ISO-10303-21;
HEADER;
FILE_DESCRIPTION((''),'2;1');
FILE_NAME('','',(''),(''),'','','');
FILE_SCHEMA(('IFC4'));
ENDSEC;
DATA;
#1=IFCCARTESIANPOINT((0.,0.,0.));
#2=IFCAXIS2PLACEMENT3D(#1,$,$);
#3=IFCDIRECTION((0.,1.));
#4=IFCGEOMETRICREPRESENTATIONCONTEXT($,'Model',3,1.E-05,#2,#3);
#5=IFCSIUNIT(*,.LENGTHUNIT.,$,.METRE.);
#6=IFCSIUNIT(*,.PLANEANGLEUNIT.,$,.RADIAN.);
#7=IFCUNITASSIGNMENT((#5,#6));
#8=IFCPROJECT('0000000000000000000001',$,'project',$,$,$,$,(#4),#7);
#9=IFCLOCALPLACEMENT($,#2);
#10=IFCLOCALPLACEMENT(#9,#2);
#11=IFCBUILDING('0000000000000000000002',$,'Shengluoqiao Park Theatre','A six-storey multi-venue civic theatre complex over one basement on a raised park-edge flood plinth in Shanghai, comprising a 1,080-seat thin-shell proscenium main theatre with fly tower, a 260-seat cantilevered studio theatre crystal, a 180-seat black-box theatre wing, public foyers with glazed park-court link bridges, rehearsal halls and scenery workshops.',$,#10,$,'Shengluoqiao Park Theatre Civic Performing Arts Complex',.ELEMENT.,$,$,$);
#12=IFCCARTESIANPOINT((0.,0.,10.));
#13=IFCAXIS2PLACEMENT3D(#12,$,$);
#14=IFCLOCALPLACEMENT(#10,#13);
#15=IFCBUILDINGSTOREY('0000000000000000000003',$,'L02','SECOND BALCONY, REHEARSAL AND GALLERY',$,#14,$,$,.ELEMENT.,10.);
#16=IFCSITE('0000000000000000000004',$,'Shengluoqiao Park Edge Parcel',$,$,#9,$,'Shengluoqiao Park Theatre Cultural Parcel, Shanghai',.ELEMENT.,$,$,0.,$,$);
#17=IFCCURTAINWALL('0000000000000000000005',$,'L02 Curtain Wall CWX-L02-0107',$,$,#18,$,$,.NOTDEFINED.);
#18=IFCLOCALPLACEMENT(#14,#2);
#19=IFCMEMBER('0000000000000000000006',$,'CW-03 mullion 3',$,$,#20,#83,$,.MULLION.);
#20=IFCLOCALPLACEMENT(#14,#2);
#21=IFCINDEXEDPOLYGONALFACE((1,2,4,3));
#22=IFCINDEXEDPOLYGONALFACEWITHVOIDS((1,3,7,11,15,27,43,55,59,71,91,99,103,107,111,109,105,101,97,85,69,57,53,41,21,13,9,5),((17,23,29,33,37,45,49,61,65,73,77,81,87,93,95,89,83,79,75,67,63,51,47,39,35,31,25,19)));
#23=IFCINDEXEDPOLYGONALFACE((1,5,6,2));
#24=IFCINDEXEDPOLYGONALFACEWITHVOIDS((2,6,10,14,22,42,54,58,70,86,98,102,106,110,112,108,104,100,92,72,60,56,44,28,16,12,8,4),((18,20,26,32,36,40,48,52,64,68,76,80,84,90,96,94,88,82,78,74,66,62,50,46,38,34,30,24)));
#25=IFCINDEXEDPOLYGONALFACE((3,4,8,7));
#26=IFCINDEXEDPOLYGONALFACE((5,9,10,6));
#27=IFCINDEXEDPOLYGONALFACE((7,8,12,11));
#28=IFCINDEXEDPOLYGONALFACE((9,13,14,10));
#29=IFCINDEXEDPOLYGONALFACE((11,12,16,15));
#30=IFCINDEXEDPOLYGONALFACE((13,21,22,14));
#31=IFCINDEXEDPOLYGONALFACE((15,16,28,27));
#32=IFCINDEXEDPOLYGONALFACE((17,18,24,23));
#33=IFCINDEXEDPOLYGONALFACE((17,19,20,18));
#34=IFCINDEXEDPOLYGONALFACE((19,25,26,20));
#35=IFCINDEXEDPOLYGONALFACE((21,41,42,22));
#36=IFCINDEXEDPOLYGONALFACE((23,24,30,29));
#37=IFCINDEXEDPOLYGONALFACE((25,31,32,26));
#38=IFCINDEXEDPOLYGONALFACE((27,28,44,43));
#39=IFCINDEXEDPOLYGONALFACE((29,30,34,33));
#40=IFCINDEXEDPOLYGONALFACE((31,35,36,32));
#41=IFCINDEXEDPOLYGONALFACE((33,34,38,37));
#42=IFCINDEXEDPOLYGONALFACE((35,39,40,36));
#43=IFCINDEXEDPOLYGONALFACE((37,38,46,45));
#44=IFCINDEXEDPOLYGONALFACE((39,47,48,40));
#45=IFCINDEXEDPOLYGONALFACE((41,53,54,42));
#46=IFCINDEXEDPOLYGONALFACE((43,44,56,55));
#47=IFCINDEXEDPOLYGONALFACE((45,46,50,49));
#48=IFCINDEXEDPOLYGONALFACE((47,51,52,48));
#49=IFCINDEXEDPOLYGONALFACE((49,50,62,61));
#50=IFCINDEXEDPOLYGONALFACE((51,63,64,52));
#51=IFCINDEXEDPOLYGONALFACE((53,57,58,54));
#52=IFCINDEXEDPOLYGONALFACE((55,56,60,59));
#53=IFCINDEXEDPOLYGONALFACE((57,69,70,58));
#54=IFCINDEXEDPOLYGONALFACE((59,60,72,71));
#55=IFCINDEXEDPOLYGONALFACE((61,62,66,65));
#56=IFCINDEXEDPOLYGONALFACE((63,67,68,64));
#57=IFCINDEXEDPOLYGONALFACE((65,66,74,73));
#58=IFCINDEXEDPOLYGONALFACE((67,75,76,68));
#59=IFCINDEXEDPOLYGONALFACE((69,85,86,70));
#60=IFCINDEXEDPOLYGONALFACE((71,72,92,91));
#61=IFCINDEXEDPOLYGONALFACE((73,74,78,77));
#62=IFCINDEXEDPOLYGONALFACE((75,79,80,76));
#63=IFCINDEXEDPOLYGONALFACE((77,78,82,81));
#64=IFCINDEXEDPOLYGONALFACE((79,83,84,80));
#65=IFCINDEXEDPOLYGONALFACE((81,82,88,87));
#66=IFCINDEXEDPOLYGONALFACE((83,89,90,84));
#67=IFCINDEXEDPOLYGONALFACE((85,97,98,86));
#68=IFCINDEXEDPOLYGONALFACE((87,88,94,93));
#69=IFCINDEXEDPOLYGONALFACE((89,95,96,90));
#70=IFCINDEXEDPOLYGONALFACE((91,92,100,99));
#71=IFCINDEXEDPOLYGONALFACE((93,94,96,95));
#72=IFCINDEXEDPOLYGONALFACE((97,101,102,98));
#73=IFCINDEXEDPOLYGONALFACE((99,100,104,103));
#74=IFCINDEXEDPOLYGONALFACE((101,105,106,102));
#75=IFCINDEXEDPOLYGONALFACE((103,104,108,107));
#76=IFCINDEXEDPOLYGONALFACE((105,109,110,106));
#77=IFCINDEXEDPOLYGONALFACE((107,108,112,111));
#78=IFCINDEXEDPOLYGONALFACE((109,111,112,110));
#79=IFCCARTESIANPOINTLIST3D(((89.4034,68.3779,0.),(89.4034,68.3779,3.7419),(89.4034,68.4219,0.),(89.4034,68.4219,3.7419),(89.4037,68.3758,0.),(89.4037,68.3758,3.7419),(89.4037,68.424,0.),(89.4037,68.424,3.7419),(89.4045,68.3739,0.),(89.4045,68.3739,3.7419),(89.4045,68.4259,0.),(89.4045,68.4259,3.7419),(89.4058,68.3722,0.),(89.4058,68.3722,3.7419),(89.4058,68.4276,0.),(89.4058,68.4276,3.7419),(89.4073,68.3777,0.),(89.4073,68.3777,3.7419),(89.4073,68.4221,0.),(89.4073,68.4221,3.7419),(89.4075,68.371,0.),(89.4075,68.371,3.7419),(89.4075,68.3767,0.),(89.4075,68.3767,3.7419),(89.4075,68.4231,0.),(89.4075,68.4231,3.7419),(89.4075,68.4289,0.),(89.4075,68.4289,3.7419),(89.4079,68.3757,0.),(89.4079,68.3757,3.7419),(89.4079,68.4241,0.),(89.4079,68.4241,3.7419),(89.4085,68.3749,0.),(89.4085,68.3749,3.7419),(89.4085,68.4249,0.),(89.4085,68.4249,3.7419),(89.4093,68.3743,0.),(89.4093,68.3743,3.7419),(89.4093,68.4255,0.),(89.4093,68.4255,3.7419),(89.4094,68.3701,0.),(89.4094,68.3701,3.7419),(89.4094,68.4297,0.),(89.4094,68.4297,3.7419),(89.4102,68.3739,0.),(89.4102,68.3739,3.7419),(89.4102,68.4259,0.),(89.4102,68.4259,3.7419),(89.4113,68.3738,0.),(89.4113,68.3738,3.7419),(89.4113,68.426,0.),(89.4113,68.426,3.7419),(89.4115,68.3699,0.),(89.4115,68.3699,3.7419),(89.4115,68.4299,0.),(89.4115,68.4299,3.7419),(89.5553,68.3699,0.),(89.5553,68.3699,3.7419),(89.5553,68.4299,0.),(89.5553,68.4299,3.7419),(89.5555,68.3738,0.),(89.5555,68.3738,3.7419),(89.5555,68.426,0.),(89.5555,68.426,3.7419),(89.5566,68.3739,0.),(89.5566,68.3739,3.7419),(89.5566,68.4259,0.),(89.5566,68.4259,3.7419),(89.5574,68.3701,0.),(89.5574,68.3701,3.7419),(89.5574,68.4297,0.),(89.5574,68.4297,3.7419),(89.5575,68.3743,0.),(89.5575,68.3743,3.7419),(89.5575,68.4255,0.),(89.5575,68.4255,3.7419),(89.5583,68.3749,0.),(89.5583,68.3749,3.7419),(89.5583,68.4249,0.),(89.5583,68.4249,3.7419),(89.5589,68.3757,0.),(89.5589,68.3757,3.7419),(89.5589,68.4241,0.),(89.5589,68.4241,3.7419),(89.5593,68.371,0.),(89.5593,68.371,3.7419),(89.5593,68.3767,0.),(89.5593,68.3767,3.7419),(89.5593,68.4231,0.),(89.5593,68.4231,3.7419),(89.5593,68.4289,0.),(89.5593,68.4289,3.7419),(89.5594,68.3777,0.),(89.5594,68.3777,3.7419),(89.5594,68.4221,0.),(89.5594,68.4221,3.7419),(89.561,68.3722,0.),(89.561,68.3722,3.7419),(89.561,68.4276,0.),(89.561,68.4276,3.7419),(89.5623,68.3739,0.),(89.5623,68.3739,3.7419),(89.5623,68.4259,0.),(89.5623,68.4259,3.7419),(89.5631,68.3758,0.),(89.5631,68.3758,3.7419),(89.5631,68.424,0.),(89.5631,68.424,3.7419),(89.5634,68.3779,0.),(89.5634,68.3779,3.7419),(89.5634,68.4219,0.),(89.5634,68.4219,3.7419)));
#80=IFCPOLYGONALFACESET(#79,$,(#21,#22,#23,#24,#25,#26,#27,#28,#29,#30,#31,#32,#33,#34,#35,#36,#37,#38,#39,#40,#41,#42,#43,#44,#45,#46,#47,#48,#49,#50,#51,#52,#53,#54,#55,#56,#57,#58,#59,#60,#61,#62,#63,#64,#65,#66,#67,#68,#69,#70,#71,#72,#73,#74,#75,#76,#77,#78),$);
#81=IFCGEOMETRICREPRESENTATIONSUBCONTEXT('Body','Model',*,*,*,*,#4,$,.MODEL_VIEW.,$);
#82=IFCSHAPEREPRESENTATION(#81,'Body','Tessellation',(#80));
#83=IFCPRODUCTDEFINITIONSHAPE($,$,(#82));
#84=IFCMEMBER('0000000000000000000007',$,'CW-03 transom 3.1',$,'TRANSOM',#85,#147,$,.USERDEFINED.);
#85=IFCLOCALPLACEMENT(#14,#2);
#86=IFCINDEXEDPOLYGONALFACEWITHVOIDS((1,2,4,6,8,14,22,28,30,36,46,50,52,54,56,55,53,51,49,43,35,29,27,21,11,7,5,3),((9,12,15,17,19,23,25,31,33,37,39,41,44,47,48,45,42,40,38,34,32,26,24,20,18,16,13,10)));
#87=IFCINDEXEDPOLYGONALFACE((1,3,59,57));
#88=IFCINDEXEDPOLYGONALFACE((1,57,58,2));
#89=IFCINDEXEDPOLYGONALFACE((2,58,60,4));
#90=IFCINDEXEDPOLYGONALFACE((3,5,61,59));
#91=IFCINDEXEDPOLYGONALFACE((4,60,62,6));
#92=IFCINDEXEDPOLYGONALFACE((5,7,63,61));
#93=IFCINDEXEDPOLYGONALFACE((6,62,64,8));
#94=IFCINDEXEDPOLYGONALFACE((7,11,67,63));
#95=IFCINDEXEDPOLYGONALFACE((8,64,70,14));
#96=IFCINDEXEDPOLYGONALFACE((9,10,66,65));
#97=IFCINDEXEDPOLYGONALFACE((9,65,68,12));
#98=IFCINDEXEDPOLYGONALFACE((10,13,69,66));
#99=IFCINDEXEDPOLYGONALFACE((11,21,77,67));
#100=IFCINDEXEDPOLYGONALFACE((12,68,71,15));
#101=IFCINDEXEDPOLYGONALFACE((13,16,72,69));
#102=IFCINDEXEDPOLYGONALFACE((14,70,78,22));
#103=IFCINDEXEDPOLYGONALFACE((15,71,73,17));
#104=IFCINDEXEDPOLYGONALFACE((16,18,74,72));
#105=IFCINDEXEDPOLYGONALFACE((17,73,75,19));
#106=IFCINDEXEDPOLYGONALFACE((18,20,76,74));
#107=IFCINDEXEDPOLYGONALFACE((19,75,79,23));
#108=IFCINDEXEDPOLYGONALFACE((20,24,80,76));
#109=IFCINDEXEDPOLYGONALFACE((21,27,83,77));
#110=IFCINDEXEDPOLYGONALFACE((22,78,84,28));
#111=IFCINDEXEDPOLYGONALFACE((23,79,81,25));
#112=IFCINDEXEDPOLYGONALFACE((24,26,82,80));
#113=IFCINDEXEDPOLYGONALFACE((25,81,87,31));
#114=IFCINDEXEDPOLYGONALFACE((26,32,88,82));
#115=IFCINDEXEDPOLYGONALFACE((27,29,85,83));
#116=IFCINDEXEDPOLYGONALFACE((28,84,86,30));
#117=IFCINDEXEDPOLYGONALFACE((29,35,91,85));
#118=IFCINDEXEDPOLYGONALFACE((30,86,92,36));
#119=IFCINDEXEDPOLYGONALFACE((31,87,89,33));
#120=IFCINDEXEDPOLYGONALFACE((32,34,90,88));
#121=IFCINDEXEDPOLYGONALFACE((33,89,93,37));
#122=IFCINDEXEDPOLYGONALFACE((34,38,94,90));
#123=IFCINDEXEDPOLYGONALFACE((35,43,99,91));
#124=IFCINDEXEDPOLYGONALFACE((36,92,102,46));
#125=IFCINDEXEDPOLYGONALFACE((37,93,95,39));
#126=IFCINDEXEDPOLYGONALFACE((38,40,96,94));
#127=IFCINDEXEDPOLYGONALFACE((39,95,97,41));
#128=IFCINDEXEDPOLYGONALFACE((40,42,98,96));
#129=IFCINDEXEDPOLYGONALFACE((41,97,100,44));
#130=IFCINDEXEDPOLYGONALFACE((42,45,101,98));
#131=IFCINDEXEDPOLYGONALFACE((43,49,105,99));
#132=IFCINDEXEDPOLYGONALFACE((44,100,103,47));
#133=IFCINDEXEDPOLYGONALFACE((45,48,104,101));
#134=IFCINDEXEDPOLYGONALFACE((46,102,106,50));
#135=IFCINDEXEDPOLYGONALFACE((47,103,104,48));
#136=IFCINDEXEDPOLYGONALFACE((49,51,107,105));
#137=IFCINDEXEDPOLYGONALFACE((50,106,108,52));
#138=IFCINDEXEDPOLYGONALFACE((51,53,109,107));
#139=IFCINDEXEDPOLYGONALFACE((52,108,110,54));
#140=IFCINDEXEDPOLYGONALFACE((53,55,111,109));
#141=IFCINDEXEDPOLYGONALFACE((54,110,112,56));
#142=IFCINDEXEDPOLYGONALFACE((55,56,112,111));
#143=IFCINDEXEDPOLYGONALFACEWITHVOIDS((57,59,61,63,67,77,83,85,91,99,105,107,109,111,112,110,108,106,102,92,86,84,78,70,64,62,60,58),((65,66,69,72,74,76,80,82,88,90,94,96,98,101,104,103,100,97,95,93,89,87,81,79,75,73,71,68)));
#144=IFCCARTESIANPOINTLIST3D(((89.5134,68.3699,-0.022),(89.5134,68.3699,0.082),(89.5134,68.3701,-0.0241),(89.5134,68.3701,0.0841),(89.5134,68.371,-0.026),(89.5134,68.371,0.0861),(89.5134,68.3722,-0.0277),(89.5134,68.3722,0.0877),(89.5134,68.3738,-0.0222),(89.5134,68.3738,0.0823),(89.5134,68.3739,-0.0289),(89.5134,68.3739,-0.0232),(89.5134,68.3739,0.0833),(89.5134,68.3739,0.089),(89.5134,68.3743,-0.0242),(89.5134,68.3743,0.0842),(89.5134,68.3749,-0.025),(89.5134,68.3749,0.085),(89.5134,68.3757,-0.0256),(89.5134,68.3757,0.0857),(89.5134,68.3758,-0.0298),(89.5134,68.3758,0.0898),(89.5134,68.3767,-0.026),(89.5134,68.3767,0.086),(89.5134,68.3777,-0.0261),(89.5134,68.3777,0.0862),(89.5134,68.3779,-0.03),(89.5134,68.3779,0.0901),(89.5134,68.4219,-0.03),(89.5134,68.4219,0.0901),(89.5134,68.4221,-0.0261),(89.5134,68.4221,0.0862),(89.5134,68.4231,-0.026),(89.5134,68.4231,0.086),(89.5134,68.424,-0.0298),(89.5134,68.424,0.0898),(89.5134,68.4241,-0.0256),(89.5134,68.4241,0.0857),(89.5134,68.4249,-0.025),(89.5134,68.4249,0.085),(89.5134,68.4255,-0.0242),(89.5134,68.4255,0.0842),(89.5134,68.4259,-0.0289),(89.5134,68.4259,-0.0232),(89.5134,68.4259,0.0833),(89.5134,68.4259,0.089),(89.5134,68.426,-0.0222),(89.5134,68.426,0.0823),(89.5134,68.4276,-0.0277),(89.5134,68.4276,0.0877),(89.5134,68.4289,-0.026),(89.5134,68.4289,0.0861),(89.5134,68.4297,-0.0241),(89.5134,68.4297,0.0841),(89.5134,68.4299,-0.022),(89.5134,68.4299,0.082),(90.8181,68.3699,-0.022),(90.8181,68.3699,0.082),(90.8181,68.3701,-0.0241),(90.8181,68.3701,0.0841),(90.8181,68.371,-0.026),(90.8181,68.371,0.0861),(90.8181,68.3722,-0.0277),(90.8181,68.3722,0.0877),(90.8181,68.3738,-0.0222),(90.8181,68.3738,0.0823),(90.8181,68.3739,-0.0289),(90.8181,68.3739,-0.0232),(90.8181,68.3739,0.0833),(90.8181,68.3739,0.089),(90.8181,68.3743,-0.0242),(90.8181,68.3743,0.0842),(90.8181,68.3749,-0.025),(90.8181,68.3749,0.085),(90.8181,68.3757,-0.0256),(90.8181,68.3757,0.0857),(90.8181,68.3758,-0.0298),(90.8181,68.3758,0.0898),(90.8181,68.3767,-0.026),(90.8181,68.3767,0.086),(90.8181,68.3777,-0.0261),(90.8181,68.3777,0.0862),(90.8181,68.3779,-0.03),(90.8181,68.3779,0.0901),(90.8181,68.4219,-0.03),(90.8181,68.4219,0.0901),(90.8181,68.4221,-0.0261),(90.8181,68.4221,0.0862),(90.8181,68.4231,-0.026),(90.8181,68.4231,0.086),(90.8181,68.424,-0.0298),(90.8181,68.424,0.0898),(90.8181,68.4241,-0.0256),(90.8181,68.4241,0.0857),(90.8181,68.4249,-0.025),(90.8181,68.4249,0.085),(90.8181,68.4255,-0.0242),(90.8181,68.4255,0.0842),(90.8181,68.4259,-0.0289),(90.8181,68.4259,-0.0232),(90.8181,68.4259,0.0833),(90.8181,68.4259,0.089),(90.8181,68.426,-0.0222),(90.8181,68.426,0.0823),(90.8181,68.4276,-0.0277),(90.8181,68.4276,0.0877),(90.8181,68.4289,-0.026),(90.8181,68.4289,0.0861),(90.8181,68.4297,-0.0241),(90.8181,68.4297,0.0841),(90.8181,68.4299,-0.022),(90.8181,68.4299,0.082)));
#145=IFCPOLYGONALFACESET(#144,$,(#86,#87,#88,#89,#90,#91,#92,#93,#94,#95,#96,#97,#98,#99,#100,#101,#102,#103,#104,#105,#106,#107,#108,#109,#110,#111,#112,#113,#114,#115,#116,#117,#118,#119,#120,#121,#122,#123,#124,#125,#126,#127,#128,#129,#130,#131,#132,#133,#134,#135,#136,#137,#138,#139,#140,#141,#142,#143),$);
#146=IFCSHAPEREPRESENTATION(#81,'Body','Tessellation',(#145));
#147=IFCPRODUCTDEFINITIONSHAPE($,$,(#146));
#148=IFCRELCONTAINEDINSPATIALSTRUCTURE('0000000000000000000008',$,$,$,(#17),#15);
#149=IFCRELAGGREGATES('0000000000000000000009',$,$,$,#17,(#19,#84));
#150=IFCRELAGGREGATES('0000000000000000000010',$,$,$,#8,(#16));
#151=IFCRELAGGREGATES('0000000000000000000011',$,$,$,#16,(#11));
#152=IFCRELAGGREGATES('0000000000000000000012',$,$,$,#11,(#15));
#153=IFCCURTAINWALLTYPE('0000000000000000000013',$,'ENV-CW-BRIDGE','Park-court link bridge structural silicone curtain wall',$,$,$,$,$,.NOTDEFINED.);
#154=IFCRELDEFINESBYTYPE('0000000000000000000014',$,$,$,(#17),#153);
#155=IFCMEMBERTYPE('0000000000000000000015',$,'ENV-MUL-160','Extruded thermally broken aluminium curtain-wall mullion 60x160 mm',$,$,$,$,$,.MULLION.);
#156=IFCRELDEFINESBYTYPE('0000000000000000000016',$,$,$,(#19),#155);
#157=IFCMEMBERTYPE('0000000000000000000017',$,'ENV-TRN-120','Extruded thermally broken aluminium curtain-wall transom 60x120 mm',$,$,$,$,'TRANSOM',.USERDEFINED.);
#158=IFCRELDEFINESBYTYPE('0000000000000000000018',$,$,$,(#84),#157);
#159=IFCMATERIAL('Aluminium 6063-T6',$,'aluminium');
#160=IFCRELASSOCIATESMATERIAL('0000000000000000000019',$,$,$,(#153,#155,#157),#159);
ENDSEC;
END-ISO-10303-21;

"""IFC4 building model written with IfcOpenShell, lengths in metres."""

from ifc_helpers import new_model, si_unit, direction, frame, origin, origin_2d, place, context, subcontext, project, spatial, hollow_rectangle, extrude, material, material_profile, profile_set, type_object, element, aggregate, save


model = new_model("IFC4")

# Units and contexts
model_context = context("Model", 3, precision=1e-05, world=origin(), true_north=direction((0.0, 1.0)))
body_context = subcontext(model_context, "Body", "Model", "MODEL_VIEW")
ifc_project = project(units=[si_unit("LENGTHUNIT", "METRE"), si_unit("PLANEANGLEUNIT", "RADIAN")], contexts=[model_context])

# Site, building, storey
site_placement = place(None, origin())
site = spatial("IfcSite", under=ifc_project, at=site_placement, Name="Shengluoqiao Park Edge Parcel", LongName="Shengluoqiao Park Theatre Cultural Parcel, Shanghai", CompositionType="ELEMENT", RefElevation=0.0)
building_placement = place(site_placement, origin())
building = spatial("IfcBuilding", under=site, at=building_placement, Name="Shengluoqiao Park Theatre", Description="A six-storey multi-venue civic theatre complex over one basement on a raised park-edge flood plinth in Shanghai, comprising a 1,080-seat thin-shell proscenium main theatre with fly tower, a 260-seat cantilevered studio theatre crystal, a 180-seat black-box theatre wing, public foyers with glazed park-court link bridges, rehearsal halls and scenery workshops.", LongName="Shengluoqiao Park Theatre Civic Performing Arts Complex", CompositionType="ELEMENT")
storey_placement = place(building_placement, frame((0.0, 0.0, 10.0)))
storey = spatial("IfcBuildingStorey", under=building, at=storey_placement, Name="L02", Description="SECOND BALCONY, REHEARSAL AND GALLERY", CompositionType="ELEMENT", Elevation=10.0)

# Curtain wall, members
ifc_material_1 = material(Name="Aluminium 6063-T6", Category="aluminium")
curtain_wall_type = type_object("IfcCurtainWallType", Name="ENV-CW-BRIDGE", Description="Park-court link bridge structural silicone curtain wall", PredefinedType="NOTDEFINED", material=ifc_material_1)
curtain_wall_placement = place(storey_placement, origin())
curtain_wall = element("IfcCurtainWall", 1, at=curtain_wall_placement, inside=storey, type_object=curtain_wall_type, Name="L02 Curtain Wall CWX-L02-0107", PredefinedType="NOTDEFINED")
ifc_material_profile_1 = material_profile(ifc_material_1, hollow_rectangle(XDim=0.0601, YDim=0.1599, WallThickness=0.0039, InnerFilletRadius=0.0039, OuterFilletRadius=0.0081, at=origin_2d()), Name="ALU MULLION 160x60x4")
ifc_profile_set_1 = profile_set([ifc_material_profile_1], Name="Aluminium 6063-T6")
member_type_1 = type_object("IfcMemberType", Name="ENV-MUL-160", Description="Extruded thermally broken aluminium curtain-wall mullion 60x160 mm", PredefinedType="MULLION", material=ifc_profile_set_1)
member_1_placement = place(storey_placement, frame((89.4834, 68.3999, 0.0), z_axis=(0.0, 0.0, 1.0), x_axis=(0.0, 1.0, 0.0)))
member_1 = element("IfcMember", 2, at=member_1_placement, type_object=member_type_1, Name="CW-03 mullion 3", PredefinedType="MULLION", context=body_context, shape_type="SweptSolid", body=[
    extrude(hollow_rectangle(XDim=0.0601, YDim=0.1599, WallThickness=0.0039, InnerFilletRadius=0.0039, OuterFilletRadius=0.0081, at=origin_2d()), origin(), (0.0, 0.0, 1.0), 3.7419),
])
ifc_material_profile_2 = material_profile(ifc_material_1, hollow_rectangle(XDim=0.0601, YDim=0.1201, WallThickness=0.0039, InnerFilletRadius=0.0039, OuterFilletRadius=0.0081, at=origin_2d()), Name="ALU TRANSOM 120x60x4")
ifc_profile_set_2 = profile_set([ifc_material_profile_2], Name="Aluminium 6063-T6")
member_type_2 = type_object("IfcMemberType", Name="ENV-TRN-120", Description="Extruded thermally broken aluminium curtain-wall transom 60x120 mm", ElementType="TRANSOM", PredefinedType="USERDEFINED", material=ifc_profile_set_2)
member_2_placement = place(storey_placement, frame((89.5134, 68.3999, 0.03), z_axis=(1.0, 0.0, 0.0), x_axis=(0.0, 1.0, 0.0)))
member_2 = element("IfcMember", 3, at=member_2_placement, type_object=member_type_2, Name="CW-03 transom 3.1", ObjectType="TRANSOM", PredefinedType="USERDEFINED", context=body_context, shape_type="SweptSolid", body=[
    extrude(hollow_rectangle(XDim=0.0601, YDim=0.1201, WallThickness=0.0039, InnerFilletRadius=0.0039, OuterFilletRadius=0.0081, at=origin_2d()), origin(), (0.0, 0.0, 1.0), 1.3047),
])
aggregate(curtain_wall, [member_1, member_2])

save(model, "model.ifc")
